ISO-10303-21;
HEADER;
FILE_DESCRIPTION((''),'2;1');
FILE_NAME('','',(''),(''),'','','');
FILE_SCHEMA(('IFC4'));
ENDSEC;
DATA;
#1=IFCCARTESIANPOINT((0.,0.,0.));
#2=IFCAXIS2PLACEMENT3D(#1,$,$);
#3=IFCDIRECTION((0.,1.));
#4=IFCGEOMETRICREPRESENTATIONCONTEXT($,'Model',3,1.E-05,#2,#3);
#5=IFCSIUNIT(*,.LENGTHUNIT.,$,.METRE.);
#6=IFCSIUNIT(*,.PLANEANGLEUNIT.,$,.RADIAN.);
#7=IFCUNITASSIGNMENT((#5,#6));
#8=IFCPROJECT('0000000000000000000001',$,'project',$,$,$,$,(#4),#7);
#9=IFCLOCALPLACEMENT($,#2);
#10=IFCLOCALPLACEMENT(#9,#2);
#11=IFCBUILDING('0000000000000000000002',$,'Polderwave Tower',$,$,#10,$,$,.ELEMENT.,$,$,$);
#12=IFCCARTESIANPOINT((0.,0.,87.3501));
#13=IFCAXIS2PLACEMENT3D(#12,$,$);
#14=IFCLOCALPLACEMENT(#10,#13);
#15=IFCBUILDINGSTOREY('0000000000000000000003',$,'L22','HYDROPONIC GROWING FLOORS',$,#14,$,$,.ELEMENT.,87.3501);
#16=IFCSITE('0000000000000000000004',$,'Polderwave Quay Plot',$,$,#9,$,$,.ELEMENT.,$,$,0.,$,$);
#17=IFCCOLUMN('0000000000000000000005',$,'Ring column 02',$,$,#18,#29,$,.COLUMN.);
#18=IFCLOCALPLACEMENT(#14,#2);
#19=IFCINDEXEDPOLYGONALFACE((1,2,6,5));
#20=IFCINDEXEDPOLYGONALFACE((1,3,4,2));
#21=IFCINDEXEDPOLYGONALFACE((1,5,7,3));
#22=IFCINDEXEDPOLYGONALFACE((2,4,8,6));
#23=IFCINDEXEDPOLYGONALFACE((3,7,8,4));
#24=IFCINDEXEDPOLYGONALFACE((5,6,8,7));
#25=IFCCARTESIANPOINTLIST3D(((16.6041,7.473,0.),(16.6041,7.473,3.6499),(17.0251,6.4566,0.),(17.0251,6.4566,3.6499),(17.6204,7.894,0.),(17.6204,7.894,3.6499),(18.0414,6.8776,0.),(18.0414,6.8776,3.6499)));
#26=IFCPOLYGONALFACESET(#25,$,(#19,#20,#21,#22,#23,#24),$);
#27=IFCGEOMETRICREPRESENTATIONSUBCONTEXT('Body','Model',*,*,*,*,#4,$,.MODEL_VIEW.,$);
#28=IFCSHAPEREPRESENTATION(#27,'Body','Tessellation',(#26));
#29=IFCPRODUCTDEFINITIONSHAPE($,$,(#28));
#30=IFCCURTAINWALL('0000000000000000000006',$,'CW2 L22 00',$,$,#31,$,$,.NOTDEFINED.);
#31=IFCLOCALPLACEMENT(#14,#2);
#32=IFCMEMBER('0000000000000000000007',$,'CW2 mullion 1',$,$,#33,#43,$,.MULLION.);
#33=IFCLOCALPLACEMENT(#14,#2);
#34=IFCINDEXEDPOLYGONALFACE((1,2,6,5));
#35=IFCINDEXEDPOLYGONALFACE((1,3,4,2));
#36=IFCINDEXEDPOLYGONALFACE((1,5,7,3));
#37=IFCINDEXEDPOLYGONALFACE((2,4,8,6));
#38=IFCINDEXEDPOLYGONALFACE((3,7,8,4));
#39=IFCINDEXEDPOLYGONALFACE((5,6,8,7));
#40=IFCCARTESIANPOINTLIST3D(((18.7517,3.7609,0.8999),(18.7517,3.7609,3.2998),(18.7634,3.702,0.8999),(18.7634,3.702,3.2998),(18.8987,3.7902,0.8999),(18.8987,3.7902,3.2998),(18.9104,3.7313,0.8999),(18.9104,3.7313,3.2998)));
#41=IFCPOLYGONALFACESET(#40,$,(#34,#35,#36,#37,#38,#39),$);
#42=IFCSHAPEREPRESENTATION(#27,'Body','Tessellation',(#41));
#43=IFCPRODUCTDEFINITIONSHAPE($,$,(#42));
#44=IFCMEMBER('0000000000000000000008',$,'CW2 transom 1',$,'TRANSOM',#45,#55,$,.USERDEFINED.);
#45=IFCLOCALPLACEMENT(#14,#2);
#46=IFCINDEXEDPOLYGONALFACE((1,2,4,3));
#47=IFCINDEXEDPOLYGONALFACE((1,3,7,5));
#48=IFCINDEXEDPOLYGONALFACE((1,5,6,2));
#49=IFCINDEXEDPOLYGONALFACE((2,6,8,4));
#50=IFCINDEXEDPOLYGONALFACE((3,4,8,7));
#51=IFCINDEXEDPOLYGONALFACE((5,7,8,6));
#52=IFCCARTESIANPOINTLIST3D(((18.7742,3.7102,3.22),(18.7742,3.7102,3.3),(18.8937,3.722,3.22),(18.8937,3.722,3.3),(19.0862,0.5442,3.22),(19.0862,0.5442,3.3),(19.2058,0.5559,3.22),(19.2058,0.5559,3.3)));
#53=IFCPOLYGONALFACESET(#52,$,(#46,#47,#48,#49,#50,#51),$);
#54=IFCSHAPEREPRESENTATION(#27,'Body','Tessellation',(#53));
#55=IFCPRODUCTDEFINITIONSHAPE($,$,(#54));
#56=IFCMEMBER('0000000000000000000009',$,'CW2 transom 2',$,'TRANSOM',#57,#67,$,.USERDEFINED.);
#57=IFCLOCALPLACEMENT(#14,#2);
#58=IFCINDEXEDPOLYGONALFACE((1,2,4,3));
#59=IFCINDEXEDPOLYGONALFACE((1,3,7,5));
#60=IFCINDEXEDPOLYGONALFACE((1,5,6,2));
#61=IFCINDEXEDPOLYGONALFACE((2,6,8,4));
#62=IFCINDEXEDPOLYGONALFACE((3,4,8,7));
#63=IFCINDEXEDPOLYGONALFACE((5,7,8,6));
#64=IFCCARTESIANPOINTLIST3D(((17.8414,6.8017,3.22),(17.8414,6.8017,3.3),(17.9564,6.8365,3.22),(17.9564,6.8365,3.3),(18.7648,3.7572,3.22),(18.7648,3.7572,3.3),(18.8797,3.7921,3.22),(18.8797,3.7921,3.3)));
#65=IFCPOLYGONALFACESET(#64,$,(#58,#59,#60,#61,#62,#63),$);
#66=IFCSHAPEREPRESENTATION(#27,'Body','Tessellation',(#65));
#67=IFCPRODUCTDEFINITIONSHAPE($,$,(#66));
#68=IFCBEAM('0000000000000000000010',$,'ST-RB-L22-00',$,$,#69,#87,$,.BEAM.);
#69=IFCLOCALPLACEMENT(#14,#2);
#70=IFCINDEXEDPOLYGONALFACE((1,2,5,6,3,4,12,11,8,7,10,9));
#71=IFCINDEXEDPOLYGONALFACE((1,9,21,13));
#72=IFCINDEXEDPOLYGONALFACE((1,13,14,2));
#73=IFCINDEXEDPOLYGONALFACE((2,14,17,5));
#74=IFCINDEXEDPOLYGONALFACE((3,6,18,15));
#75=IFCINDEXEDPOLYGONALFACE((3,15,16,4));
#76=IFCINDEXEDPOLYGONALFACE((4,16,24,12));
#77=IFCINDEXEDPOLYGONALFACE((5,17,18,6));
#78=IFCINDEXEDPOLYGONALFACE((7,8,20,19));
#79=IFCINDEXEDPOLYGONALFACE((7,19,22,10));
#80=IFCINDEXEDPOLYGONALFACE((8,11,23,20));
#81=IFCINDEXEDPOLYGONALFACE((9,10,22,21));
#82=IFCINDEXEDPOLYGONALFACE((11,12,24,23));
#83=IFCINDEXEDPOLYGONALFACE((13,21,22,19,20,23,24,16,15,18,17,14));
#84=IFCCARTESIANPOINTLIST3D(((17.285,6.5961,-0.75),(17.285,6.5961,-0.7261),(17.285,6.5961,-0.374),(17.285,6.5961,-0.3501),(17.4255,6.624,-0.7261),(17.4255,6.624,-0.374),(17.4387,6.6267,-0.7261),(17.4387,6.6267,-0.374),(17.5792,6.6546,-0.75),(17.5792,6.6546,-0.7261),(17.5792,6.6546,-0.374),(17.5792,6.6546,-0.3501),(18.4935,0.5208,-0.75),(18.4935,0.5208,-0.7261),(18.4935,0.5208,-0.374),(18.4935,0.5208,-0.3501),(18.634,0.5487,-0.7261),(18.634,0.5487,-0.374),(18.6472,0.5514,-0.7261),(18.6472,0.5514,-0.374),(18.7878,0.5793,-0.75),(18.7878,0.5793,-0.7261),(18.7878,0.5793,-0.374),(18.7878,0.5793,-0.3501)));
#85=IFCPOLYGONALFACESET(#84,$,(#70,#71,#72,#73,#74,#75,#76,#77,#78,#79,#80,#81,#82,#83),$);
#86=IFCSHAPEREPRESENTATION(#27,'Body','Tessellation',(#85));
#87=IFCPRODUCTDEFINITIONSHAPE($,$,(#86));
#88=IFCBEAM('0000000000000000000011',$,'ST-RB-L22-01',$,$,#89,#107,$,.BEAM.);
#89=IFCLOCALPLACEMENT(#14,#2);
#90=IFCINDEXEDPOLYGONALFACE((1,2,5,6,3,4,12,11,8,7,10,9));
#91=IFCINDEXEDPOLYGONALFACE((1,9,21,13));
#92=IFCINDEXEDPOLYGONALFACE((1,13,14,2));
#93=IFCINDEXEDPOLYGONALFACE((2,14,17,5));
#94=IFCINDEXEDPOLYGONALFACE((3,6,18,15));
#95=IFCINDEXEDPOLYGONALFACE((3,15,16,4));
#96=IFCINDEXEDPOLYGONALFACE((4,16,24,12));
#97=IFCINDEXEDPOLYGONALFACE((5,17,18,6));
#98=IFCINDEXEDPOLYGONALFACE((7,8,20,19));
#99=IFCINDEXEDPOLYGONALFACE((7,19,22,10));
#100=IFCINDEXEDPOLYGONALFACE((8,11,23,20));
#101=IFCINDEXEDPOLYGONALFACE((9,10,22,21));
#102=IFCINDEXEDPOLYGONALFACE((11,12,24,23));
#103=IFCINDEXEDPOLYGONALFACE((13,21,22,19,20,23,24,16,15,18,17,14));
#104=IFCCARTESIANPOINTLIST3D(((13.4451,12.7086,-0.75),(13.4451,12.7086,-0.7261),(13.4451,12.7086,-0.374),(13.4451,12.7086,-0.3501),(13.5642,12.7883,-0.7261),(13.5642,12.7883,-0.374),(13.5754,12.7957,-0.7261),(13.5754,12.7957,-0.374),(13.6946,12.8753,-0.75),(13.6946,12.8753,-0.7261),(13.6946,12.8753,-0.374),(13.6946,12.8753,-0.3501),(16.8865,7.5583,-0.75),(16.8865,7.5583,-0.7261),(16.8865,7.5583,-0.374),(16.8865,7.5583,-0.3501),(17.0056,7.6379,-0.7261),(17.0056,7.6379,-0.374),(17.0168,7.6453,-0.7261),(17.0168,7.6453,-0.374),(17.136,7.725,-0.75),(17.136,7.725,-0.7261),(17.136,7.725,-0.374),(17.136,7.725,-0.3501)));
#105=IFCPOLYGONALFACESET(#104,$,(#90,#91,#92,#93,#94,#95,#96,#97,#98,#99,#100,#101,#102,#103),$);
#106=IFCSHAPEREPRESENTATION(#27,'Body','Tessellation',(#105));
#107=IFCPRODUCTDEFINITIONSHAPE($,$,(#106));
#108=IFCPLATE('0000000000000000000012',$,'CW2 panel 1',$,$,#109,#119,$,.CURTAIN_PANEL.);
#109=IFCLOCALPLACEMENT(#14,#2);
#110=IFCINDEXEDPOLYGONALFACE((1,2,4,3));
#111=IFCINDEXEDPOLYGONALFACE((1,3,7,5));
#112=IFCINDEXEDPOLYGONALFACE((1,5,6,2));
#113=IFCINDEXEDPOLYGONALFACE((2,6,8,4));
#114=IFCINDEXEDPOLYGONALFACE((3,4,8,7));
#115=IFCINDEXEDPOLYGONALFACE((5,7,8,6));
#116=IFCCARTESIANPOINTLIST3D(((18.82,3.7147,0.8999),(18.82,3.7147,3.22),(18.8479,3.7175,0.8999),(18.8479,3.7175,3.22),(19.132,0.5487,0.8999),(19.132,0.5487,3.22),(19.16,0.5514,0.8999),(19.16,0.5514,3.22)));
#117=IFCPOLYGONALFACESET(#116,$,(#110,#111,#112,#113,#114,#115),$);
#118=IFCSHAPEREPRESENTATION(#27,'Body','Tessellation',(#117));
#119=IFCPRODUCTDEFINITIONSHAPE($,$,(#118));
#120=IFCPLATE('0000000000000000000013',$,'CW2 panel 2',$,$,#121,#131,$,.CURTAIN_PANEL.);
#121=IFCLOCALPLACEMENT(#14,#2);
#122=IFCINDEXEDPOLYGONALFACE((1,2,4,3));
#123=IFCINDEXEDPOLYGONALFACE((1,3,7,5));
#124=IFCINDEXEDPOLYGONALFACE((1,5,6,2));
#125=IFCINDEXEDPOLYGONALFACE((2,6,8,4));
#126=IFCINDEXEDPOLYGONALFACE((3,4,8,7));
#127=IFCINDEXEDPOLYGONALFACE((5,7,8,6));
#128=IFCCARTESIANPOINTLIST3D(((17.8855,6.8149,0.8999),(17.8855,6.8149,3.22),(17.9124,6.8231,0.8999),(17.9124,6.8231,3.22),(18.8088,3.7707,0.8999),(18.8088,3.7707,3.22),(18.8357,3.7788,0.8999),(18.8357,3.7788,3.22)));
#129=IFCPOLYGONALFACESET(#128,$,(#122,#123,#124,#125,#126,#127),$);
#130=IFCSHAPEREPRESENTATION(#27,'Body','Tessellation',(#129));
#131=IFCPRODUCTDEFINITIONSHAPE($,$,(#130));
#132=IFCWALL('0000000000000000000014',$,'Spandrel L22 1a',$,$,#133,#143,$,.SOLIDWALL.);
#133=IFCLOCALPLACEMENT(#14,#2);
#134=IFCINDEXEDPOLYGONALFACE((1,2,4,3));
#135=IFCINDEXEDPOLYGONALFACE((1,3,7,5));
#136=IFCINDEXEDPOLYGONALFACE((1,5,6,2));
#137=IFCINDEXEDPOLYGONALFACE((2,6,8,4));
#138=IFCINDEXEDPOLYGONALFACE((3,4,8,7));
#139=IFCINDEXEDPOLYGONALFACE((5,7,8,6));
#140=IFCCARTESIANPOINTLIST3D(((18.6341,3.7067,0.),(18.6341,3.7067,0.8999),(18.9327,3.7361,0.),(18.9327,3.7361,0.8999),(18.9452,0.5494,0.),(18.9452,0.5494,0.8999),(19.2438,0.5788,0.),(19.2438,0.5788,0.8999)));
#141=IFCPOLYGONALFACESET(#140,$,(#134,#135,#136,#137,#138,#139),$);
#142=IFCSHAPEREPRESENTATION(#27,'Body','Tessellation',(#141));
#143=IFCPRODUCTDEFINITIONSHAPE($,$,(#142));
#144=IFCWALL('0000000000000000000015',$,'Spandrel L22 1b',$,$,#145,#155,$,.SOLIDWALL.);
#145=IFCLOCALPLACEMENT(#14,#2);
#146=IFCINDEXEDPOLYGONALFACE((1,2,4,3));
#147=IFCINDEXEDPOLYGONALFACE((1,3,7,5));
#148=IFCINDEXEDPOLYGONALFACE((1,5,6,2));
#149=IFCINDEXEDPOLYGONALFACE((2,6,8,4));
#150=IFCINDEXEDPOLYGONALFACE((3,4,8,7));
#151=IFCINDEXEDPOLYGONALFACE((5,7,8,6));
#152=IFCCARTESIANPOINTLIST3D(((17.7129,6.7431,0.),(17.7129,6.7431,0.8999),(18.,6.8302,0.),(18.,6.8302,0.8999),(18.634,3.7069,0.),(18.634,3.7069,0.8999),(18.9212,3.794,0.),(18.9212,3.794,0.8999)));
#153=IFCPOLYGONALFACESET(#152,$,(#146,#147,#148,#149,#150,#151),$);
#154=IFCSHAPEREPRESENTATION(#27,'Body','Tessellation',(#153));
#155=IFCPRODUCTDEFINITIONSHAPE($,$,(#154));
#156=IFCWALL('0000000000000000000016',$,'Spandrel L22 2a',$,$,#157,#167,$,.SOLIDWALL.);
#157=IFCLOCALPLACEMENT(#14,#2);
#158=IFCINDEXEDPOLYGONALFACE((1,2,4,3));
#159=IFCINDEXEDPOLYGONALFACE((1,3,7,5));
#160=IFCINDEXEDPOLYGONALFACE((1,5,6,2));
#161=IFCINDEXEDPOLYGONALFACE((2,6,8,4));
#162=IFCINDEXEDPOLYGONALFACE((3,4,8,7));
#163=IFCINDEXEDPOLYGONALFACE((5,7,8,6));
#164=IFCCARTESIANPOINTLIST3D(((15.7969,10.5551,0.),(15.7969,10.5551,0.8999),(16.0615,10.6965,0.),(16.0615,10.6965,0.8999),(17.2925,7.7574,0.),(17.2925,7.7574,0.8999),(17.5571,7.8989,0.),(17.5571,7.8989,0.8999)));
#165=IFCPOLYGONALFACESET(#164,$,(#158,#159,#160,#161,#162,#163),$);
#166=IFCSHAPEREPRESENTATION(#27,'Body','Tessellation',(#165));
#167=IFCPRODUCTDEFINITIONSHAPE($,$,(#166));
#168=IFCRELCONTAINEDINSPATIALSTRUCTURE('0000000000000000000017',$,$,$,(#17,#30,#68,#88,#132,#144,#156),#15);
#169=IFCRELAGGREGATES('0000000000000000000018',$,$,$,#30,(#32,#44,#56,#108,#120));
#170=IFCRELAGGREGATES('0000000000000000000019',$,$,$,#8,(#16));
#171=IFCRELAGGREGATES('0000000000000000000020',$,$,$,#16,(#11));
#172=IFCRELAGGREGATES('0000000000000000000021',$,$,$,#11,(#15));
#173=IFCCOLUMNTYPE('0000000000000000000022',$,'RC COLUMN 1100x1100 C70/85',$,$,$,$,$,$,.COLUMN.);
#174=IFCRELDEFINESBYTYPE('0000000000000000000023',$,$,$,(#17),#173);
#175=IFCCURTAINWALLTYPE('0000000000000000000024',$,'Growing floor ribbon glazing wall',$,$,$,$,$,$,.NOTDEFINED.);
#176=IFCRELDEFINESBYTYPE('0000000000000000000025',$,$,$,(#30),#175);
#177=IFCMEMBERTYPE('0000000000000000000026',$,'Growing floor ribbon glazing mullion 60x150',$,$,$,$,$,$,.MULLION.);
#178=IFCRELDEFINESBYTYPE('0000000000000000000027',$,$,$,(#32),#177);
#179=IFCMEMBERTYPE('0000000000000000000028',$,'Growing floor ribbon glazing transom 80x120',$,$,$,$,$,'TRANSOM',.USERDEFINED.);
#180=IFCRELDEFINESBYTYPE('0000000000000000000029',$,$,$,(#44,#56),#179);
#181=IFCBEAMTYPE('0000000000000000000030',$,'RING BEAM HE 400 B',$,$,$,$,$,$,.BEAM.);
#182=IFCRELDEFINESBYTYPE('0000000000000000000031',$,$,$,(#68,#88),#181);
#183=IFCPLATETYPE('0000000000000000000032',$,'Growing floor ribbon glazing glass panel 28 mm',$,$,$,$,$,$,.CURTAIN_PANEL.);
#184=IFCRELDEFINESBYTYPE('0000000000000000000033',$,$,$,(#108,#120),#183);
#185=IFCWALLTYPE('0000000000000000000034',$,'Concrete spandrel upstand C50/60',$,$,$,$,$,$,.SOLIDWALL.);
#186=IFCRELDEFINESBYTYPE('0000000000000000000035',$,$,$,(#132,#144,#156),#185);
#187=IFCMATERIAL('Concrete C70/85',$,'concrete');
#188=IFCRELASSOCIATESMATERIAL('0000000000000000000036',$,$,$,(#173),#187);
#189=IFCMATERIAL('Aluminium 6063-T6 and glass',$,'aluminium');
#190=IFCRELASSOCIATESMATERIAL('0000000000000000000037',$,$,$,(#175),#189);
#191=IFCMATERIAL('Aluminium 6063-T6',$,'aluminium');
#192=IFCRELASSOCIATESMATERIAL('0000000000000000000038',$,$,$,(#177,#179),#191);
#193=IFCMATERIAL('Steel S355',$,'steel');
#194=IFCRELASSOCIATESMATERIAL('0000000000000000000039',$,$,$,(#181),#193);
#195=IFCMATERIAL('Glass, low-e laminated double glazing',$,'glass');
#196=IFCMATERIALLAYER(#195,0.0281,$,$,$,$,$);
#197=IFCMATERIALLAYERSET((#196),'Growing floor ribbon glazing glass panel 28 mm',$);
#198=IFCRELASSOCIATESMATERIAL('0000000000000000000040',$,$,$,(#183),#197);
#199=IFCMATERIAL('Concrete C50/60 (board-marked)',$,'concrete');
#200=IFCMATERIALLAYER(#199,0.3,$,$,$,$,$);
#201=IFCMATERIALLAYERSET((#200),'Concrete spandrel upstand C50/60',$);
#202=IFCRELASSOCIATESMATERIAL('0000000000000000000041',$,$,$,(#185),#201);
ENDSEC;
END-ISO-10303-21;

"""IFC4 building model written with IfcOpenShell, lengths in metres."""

from ifc_helpers import new_model, si_unit, direction, frame, frame_2d, origin, origin_2d, place, context, subcontext, project, spatial, rectangle, i_section, extrude, material, layer, layer_set, material_profile, profile_set, type_object, element, aggregate, save


model = new_model("IFC4")

# Units and contexts
model_context = context("Model", 3, precision=1e-05, world=origin(), true_north=direction((0.0, 1.0)))
body_context = subcontext(model_context, "Body", "Model", "MODEL_VIEW")
ifc_project = project(units=[si_unit("LENGTHUNIT", "METRE"), si_unit("PLANEANGLEUNIT", "RADIAN")], contexts=[model_context])

# Site, building, storey
site_placement = place(None, origin())
site = spatial("IfcSite", under=ifc_project, at=site_placement, Name="Polderwave Quay Plot", CompositionType="ELEMENT", RefElevation=0.0)
building_placement = place(site_placement, origin())
building = spatial("IfcBuilding", under=site, at=building_placement, Name="Polderwave Tower", CompositionType="ELEMENT")
storey_placement = place(building_placement, frame((0.0, 0.0, 87.3501)))
storey = spatial("IfcBuildingStorey", under=building, at=storey_placement, Name="L22", Description="HYDROPONIC GROWING FLOORS", CompositionType="ELEMENT", Elevation=87.3501)

# Column
ifc_material_1 = material(Name="Concrete C70/85", Category="concrete")
ifc_material_profile_1 = material_profile(ifc_material_1, rectangle(XDim=1.1001, YDim=1.1001, at=origin_2d()), Name="RC 1100x1100")
ifc_profile_set_1 = profile_set([ifc_material_profile_1], Name="Concrete C70/85")
column_type = type_object("IfcColumnType", Name="RC COLUMN 1100x1100 C70/85", PredefinedType="COLUMN", material=ifc_profile_set_1)
column_placement = place(storey_placement, frame((17.3228, 7.1753, 0.0), z_axis=(0.0, 0.0, 1.0), x_axis=(0.92388, 0.382683, 0.0)))
element("IfcColumn", 1, at=column_placement, inside=storey, type_object=column_type, Name="Ring column 02", PredefinedType="COLUMN", context=body_context, shape_type="SweptSolid", body=[
    extrude(rectangle(XDim=1.1001, YDim=1.1001, at=origin_2d()), origin(), (0.0, 0.0, 1.0), 3.6499),
])

# Curtain wall, members
ifc_material_2 = material(Name="Aluminium 6063-T6 and glass", Category="aluminium")
curtain_wall_type = type_object("IfcCurtainWallType", Name="Growing floor ribbon glazing wall", PredefinedType="NOTDEFINED", material=ifc_material_2)
curtain_wall_placement = place(storey_placement, origin())
curtain_wall = element("IfcCurtainWall", 2, at=curtain_wall_placement, inside=storey, type_object=curtain_wall_type, Name="CW2 L22 00", PredefinedType="NOTDEFINED")
ifc_material_3 = material(Name="Aluminium 6063-T6", Category="aluminium")
ifc_material_profile_2 = material_profile(ifc_material_3, rectangle(XDim=0.1499, YDim=0.0601, at=origin_2d()), Name="AL 60x150")
ifc_profile_set_2 = profile_set([ifc_material_profile_2], Name="Aluminium 6063-T6")
member_type_1 = type_object("IfcMemberType", Name="Growing floor ribbon glazing mullion 60x150", PredefinedType="MULLION", material=ifc_profile_set_2)
member_1_placement = place(storey_placement, frame((18.8311, 3.7461, 0.8999), z_axis=(0.0, 0.0, 1.0), x_axis=(-0.980784, -0.195097, 0.0)))
member_1 = element("IfcMember", 3, at=member_1_placement, type_object=member_type_1, Name="CW2 mullion 1", PredefinedType="MULLION", context=body_context, shape_type="SweptSolid", body=[
    extrude(rectangle(XDim=0.1499, YDim=0.0601, at=origin_2d()), origin(), (0.0, 0.0, 1.0), 2.3999),
])
ifc_material_profile_3 = material_profile(ifc_material_3, rectangle(XDim=0.1201, YDim=0.0801, at=origin_2d()), Name="AL 80x120")
ifc_profile_set_3 = profile_set([ifc_material_profile_3], Name="Aluminium 6063-T6")
member_type_2 = type_object("IfcMemberType", Name="Growing floor ribbon glazing transom 80x120", ElementType="TRANSOM", PredefinedType="USERDEFINED", material=ifc_profile_set_3)
member_2_placement = place(storey_placement, frame((19.146, 0.55, 3.26), z_axis=(-0.098075, 0.995179, 0.0), x_axis=(-0.995179, -0.098075, 0.0)))
member_2 = element("IfcMember", 4, at=member_2_placement, type_object=member_type_2, Name="CW2 transom 1", ObjectType="TRANSOM", PredefinedType="USERDEFINED", context=body_context, shape_type="SweptSolid", body=[
    extrude(rectangle(XDim=0.1201, YDim=0.0801, at=origin_2d()), origin(), (0.0, 0.0, 1.0), 3.1814),
])
member_3_placement = place(storey_placement, frame((18.8223, 3.7747, 3.26), z_axis=(-0.290233, 0.956956, 0.0), x_axis=(-0.956956, -0.290233, 0.0)))
member_3 = element("IfcMember", 5, at=member_3_placement, type_object=member_type_2, Name="CW2 transom 2", ObjectType="TRANSOM", PredefinedType="USERDEFINED", context=body_context, shape_type="SweptSolid", body=[
    extrude(rectangle(XDim=0.1201, YDim=0.0801, at=origin_2d()), origin(), (0.0, 0.0, 1.0), 3.1814),
])

# Beams
ifc_material_4 = material(Name="Steel S355", Category="steel")
ifc_material_profile_4 = material_profile(ifc_material_4, i_section(OverallWidth=0.3, OverallDepth=0.3999, WebThickness=0.0134, FlangeThickness=0.0239, at=origin_2d()), Name="HE 400 B")
ifc_profile_set_4 = profile_set([ifc_material_profile_4], Name="Steel S355")
beam_type = type_object("IfcBeamType", Name="RING BEAM HE 400 B", PredefinedType="BEAM", material=ifc_profile_set_4)
for number, where, z_axis, x_axis, name in (
    (6, (18.6406, 0.55, -0.55), (-0.1951, 0.980783, 0.0), (-0.980783, -0.1951, 0.0), "ST-RB-L22-00"),
    (7, (17.0112, 7.6416, -0.55), (-0.555573, 0.831468, 0.0), (-0.831468, -0.555573, 0.0), "ST-RB-L22-01"),
):
    element("IfcBeam", number, at=place(storey_placement, frame(where, z_axis=z_axis, x_axis=x_axis)), inside=storey, type_object=beam_type, Name=name, PredefinedType="BEAM", context=body_context, shape_type="SweptSolid", body=[
        extrude(i_section(OverallWidth=0.3, OverallDepth=0.3999, WebThickness=0.0134, FlangeThickness=0.0239, at=origin_2d()), origin(), (0.0, 0.0, 1.0), 6.1943),
    ])

# Plates
ifc_material_5 = material(Name="Glass, low-e laminated double glazing", Category="glass")
ifc_layer_1 = layer(ifc_material_5, 0.0281)
ifc_layer_set_1 = layer_set([ifc_layer_1], Name="Growing floor ribbon glazing glass panel 28 mm")
plate_type = type_object("IfcPlateType", Name="Growing floor ribbon glazing glass panel 28 mm", PredefinedType="CURTAIN_PANEL", material=ifc_layer_set_1)
plate_1_placement = place(storey_placement, frame((18.99, 2.1331, 0.8999), z_axis=(0.0, 0.0, 1.0), x_axis=(-0.098085, 0.995178, 0.0)))
plate_1 = element("IfcPlate", 8, at=plate_1_placement, type_object=plate_type, Name="CW2 panel 1", PredefinedType="CURTAIN_PANEL", context=body_context, shape_type="SweptSolid", body=[
    extrude(rectangle(XDim=3.1814, YDim=0.0281, at=origin_2d()), origin(), (0.0, 0.0, 1.0), 2.3201),
])
plate_2_placement = place(storey_placement, frame((18.3606, 5.2969, 0.8999), z_axis=(0.0, 0.0, 1.0), x_axis=(-0.290233, 0.956956, 0.0)))
plate_2 = element("IfcPlate", 9, at=plate_2_placement, type_object=plate_type, Name="CW2 panel 2", PredefinedType="CURTAIN_PANEL", context=body_context, shape_type="SweptSolid", body=[
    extrude(rectangle(XDim=3.1812, YDim=0.0281, at=origin_2d()), origin(), (0.0, 0.0, 1.0), 2.3201),
])
aggregate(curtain_wall, [member_1, member_2, member_3, plate_1, plate_2])

# Walls
ifc_material_6 = material(Name="Concrete C50/60 (board-marked)", Category="concrete")
ifc_layer_2 = layer(ifc_material_6, 0.3)
ifc_layer_set_2 = layer_set([ifc_layer_2], Name="Concrete spandrel upstand C50/60")
wall_type_1 = type_object("IfcWallType", Name="Concrete spandrel upstand C50/60", PredefinedType="SOLIDWALL", material=ifc_layer_set_2)
wall_1_placement = place(storey_placement, frame((19.0945, 0.564, 0.0), z_axis=(0.0, 0.0, 1.0), x_axis=(-0.098041, 0.995182, 0.0)))
element("IfcWall", 10, at=wall_1_placement, inside=storey, type_object=wall_type_1, Name="Spandrel L22 1a", PredefinedType="SOLIDWALL", context=body_context, shape_type="SweptSolid", body=[
    extrude(rectangle(XDim=3.1726, YDim=0.3, at=frame_2d((1.5864, 0.0))), origin(), (0.0, 0.0, 1.0), 0.8999),
])
wall_2_placement = place(storey_placement, frame((18.7776, 3.7505, 0.0), z_axis=(0.0, 0.0, 1.0), x_axis=(-0.290326, 0.956928, 0.0)))
element("IfcWall", 11, at=wall_2_placement, inside=storey, type_object=wall_type_1, Name="Spandrel L22 1b", PredefinedType="SOLIDWALL", context=body_context, shape_type="SweptSolid", body=[
    extrude(rectangle(XDim=3.1729, YDim=0.3, at=frame_2d((1.5864, 0.0))), origin(), (0.0, 0.0, 1.0), 0.8999),
])
wall_3_placement = place(storey_placement, frame((17.4248, 7.8281, 0.0), z_axis=(0.0, 0.0, 1.0), x_axis=(-0.471459, 0.881888, 0.0)))
element("IfcWall", 12, at=wall_3_placement, inside=storey, type_object=wall_type_1, Name="Spandrel L22 2a", PredefinedType="SOLIDWALL", context=body_context, shape_type="SweptSolid", body=[
    extrude(rectangle(XDim=3.1724, YDim=0.3, at=frame_2d((1.5862, 0.0))), origin(), (0.0, 0.0, 1.0), 0.8999),
])

save(model, "model.ifc")
